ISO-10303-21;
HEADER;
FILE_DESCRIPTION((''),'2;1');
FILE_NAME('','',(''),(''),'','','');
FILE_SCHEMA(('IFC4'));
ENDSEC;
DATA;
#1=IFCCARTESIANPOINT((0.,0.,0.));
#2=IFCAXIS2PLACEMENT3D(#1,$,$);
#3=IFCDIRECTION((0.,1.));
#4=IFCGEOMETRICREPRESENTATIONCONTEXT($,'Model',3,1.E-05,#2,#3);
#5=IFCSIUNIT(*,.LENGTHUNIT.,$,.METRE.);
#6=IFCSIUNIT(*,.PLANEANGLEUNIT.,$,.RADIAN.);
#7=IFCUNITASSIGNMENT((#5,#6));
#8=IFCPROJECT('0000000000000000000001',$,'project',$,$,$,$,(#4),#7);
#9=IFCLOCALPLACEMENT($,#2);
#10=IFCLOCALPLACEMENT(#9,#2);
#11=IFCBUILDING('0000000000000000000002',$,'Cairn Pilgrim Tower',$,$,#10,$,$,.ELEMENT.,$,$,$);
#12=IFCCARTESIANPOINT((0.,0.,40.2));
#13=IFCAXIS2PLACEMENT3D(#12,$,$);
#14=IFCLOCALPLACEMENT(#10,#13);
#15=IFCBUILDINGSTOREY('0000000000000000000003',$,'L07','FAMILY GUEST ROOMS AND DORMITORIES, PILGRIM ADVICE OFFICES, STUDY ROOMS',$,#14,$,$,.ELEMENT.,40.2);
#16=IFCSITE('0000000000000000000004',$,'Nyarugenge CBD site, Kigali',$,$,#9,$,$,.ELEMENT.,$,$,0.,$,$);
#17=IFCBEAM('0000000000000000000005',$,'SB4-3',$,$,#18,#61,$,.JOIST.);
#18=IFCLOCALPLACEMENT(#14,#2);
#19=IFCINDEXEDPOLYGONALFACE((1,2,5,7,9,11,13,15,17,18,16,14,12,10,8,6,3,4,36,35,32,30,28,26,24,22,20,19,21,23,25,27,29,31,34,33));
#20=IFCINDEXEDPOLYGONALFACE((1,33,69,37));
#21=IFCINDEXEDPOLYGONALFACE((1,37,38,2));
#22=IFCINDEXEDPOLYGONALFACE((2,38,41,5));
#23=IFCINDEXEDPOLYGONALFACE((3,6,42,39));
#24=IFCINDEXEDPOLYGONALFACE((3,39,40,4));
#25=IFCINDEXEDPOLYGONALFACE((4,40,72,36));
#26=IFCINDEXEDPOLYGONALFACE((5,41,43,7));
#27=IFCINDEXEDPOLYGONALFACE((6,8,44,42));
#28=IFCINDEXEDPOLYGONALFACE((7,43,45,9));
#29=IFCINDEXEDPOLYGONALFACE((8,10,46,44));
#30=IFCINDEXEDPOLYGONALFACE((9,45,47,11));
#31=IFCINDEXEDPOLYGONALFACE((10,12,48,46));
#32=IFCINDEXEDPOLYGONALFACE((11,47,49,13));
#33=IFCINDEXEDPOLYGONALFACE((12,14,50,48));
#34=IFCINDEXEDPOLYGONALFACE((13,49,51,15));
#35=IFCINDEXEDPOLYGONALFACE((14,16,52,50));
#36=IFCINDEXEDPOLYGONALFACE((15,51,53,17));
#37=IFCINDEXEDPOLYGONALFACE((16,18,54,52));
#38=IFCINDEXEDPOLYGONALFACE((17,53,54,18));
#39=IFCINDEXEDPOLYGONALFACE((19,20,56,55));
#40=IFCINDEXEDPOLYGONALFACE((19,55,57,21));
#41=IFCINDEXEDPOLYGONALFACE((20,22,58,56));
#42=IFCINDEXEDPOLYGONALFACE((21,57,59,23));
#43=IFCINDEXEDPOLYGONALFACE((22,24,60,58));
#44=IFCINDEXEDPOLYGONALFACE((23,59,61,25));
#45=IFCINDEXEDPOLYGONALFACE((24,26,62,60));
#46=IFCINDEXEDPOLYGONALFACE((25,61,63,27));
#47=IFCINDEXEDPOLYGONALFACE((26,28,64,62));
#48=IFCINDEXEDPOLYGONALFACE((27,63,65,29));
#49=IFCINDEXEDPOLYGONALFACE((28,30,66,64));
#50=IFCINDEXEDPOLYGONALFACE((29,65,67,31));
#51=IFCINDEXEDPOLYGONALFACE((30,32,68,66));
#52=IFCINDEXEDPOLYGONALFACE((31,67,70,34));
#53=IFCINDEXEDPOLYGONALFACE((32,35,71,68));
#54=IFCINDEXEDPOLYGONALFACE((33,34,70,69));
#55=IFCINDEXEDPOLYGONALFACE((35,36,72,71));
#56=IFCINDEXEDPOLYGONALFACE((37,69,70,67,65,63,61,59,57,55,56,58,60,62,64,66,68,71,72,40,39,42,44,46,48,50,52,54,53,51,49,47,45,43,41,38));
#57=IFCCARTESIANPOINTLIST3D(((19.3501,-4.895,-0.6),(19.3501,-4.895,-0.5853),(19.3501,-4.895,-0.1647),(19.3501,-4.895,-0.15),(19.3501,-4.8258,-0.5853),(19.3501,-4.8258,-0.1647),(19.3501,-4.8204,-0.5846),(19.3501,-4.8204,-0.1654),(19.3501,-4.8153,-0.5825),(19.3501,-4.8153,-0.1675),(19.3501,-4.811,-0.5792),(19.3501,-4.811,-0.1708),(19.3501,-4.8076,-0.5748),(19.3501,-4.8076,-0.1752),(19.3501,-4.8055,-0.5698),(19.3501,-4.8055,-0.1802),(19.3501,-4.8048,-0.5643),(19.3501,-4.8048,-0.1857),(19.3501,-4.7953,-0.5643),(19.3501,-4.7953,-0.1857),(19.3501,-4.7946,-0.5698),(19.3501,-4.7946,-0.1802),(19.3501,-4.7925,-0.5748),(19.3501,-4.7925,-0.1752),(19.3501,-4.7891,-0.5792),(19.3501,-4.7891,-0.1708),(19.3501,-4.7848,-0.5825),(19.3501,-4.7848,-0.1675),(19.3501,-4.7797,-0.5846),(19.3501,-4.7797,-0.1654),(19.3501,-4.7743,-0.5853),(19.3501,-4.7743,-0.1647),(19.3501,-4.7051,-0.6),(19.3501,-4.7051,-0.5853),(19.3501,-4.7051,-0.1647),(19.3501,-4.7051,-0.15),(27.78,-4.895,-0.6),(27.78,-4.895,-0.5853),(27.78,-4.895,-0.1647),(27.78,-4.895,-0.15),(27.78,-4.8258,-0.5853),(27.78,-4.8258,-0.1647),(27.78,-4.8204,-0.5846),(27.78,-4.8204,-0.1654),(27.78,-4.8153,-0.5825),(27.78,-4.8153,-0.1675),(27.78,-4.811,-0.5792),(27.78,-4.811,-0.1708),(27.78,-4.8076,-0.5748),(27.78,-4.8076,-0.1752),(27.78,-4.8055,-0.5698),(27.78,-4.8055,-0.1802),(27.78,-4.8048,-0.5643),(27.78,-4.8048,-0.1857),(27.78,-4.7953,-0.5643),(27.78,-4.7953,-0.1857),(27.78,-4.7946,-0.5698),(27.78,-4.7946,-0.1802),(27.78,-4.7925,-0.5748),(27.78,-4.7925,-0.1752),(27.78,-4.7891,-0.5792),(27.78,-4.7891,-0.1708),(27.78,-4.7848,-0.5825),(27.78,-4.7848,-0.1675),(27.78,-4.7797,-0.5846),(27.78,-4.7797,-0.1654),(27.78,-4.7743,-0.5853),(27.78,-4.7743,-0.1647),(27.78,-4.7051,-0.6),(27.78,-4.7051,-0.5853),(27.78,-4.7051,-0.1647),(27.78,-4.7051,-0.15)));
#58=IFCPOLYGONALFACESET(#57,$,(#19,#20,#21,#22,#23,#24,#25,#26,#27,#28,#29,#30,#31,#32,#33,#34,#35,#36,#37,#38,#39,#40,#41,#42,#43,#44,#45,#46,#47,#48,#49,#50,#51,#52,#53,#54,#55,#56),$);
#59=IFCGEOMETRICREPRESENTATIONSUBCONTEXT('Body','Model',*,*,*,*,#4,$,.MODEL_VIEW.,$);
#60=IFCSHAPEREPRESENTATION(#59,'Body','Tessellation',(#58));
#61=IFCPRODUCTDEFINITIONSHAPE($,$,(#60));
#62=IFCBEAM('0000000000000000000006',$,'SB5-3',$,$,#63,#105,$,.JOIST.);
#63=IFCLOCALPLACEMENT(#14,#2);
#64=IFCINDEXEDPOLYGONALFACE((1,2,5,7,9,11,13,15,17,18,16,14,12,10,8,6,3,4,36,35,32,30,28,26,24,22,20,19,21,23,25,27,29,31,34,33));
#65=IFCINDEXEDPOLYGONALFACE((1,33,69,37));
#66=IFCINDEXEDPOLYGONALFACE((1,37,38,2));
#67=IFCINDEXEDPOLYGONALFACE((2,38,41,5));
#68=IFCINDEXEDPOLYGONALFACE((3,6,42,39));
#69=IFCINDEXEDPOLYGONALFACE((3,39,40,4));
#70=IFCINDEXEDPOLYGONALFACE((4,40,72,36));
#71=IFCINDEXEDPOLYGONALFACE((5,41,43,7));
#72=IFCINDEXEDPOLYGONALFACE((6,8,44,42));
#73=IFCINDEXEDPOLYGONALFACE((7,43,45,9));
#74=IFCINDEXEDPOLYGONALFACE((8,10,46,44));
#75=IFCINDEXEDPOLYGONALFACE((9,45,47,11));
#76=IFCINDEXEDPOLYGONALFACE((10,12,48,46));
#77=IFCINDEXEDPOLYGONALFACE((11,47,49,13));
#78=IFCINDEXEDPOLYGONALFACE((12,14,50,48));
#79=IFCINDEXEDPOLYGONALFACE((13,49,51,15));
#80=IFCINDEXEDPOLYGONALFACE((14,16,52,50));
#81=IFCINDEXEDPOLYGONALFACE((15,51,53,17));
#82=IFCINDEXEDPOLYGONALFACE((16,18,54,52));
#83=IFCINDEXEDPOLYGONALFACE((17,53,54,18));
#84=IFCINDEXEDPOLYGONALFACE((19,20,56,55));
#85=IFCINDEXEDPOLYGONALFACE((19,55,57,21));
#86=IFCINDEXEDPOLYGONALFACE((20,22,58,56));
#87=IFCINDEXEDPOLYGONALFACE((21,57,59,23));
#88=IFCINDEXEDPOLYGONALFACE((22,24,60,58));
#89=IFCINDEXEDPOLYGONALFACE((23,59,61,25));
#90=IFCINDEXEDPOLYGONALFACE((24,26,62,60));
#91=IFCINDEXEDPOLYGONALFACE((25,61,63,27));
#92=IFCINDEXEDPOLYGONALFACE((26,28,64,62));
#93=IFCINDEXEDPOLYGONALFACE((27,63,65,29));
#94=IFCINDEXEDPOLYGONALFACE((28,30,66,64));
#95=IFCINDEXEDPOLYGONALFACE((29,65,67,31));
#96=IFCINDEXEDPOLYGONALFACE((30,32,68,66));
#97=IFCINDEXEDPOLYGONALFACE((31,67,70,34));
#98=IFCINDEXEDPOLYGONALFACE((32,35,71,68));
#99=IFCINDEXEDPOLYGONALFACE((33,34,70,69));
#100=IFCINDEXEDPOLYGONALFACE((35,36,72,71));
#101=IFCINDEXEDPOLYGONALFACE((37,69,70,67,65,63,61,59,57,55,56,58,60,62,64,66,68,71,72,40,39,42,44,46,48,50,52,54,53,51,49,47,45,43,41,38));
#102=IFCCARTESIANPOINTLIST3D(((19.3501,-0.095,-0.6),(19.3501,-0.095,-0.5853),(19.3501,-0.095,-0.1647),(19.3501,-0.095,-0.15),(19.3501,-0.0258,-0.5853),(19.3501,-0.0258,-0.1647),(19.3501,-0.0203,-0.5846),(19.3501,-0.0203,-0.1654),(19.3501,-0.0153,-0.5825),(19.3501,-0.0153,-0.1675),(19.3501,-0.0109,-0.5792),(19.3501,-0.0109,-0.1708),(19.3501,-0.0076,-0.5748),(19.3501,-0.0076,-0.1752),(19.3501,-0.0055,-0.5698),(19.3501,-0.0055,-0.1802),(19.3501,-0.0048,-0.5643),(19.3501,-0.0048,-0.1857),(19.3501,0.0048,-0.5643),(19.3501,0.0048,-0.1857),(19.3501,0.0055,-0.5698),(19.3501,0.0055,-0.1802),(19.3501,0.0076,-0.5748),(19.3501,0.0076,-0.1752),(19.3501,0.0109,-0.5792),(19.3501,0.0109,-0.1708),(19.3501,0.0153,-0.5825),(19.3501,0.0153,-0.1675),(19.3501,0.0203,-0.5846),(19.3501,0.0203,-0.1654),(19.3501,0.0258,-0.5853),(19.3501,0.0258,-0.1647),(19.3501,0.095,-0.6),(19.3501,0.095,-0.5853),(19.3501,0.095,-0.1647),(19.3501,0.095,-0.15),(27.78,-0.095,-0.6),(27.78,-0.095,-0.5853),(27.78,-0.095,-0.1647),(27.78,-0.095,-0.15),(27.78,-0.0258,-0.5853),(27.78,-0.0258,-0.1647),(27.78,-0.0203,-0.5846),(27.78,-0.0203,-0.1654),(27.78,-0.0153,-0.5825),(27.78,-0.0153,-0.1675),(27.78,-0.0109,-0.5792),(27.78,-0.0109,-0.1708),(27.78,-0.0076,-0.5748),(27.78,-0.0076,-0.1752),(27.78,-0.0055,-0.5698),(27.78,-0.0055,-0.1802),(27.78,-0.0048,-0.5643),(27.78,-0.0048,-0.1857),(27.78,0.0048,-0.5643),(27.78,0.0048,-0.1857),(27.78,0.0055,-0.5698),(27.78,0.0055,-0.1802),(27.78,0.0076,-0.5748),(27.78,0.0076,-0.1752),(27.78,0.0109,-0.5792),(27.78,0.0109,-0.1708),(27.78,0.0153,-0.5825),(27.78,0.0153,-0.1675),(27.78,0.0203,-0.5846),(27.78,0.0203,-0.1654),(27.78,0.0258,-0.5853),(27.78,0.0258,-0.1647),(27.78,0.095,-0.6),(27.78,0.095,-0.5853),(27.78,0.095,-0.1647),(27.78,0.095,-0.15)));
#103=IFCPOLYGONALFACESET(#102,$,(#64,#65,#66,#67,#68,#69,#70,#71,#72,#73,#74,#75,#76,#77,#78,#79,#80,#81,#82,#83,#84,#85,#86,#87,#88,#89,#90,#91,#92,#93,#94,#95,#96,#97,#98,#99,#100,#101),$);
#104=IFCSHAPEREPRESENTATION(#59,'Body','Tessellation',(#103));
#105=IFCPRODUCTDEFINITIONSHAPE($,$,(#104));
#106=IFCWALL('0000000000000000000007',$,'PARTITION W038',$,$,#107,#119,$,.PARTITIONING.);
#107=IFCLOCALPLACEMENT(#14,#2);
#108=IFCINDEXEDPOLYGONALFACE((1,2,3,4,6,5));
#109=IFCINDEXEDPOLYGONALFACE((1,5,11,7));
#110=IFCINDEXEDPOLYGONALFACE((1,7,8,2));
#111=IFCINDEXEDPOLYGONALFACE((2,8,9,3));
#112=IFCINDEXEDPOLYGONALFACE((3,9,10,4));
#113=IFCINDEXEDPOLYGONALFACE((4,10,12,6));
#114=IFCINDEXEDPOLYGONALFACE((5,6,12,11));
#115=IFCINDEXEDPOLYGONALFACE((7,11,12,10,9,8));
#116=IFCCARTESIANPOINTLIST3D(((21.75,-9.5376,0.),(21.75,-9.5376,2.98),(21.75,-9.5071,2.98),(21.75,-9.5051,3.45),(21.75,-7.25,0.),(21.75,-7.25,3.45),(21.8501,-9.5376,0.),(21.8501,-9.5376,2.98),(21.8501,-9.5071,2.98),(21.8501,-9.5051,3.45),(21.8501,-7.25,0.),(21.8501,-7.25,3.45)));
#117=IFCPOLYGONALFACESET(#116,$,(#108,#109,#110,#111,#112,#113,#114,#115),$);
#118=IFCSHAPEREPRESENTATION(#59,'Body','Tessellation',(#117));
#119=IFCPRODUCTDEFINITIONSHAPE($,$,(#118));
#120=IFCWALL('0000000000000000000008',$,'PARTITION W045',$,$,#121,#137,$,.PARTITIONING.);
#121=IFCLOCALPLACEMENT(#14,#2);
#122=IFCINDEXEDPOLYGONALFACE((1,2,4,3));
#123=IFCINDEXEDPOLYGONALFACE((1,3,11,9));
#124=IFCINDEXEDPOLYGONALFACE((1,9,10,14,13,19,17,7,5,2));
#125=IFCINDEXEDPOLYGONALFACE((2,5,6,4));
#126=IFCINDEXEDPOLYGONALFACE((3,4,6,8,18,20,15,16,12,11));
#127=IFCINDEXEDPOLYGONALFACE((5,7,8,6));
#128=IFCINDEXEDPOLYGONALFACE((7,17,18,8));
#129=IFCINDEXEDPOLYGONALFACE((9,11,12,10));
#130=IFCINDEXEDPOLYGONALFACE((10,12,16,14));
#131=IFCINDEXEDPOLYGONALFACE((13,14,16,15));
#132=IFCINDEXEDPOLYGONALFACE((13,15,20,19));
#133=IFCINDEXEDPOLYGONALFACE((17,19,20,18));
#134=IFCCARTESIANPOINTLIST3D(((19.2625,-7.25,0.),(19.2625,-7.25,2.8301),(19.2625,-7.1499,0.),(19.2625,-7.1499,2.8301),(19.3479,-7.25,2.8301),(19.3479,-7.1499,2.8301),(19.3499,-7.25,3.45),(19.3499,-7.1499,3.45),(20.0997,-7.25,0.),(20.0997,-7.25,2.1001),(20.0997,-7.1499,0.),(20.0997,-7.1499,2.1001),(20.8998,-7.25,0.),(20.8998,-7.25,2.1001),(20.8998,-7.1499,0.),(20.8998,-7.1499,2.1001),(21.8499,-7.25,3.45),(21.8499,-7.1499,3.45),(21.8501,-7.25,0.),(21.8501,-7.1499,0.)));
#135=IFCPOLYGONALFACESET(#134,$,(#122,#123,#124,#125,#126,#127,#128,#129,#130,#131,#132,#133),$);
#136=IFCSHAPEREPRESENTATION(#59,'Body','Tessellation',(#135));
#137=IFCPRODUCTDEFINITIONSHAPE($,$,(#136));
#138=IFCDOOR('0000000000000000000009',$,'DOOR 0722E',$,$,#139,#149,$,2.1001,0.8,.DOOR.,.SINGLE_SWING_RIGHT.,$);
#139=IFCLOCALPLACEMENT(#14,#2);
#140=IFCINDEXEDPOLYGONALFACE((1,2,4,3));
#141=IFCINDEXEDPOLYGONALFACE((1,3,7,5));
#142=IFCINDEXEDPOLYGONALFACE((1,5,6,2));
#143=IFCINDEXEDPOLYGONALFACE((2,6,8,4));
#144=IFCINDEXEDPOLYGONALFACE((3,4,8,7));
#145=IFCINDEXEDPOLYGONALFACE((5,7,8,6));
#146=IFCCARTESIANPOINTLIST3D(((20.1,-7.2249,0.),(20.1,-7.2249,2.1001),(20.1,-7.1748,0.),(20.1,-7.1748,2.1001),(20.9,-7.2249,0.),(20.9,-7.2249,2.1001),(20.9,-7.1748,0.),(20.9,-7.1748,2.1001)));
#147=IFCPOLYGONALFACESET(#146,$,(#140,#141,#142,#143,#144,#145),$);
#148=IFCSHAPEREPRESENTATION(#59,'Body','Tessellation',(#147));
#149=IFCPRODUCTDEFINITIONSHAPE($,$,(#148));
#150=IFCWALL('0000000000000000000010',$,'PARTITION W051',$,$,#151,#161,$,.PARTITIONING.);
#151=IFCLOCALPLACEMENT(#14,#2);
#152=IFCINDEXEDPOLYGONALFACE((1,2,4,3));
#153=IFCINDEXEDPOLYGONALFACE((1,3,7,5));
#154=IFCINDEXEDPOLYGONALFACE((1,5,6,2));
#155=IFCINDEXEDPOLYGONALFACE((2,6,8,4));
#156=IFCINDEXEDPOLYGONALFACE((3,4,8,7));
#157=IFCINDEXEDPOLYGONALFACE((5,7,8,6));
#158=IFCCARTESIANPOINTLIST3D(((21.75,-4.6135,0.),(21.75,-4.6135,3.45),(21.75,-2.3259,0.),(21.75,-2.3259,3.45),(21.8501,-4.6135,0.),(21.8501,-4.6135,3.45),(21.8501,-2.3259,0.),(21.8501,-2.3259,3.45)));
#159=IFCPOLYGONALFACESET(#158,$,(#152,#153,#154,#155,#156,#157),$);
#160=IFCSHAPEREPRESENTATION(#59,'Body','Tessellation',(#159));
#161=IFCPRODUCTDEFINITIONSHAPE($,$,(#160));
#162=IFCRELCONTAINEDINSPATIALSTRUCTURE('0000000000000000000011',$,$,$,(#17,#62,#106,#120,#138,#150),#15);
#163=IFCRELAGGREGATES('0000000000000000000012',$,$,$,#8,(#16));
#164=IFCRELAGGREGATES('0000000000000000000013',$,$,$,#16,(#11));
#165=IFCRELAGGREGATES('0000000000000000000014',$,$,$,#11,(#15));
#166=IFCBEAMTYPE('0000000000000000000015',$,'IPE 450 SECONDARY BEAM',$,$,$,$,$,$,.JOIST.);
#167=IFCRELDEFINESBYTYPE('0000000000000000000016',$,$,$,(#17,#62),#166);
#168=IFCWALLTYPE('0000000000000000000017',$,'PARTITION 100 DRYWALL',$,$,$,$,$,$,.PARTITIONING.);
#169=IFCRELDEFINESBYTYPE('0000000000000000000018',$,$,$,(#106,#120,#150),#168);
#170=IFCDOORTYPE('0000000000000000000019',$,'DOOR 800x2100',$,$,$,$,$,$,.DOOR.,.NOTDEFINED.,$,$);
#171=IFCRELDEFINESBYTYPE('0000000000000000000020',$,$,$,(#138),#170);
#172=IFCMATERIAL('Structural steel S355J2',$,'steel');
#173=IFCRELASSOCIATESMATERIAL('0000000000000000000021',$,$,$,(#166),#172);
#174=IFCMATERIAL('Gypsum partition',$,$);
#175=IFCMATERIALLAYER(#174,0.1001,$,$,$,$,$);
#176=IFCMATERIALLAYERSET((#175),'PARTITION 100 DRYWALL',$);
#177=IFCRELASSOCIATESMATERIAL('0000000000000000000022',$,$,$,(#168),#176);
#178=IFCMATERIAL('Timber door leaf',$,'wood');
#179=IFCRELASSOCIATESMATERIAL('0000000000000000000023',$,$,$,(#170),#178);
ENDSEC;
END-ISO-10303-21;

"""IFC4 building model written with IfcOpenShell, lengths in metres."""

from ifc_helpers import new_model, si_unit, direction, frame, frame_2d, origin, origin_2d, place, context, subcontext, project, spatial, polyline, rectangle, i_section, outline, extrude, material, layer, layer_set, material_profile, profile_set, type_object, element, fill, save


model = new_model("IFC4")

# Units and contexts
model_context = context("Model", 3, precision=1e-05, world=origin(), true_north=direction((0.0, 1.0)))
body_context = subcontext(model_context, "Body", "Model", "MODEL_VIEW")
ifc_project = project(units=[si_unit("LENGTHUNIT", "METRE"), si_unit("PLANEANGLEUNIT", "RADIAN")], contexts=[model_context])

# Site, building, storey
site_placement = place(None, origin())
site = spatial("IfcSite", under=ifc_project, at=site_placement, Name="Nyarugenge CBD site, Kigali", CompositionType="ELEMENT", RefElevation=0.0)
building_placement = place(site_placement, origin())
building = spatial("IfcBuilding", under=site, at=building_placement, Name="Cairn Pilgrim Tower", CompositionType="ELEMENT")
storey_placement = place(building_placement, frame((0.0, 0.0, 40.2)))
storey = spatial("IfcBuildingStorey", under=building, at=storey_placement, Name="L07", Description="FAMILY GUEST ROOMS AND DORMITORIES, PILGRIM ADVICE OFFICES, STUDY ROOMS", CompositionType="ELEMENT", Elevation=40.2)

# Beams
ifc_material_1 = material(Name="Structural steel S355J2", Category="steel")
ifc_material_profile_1 = material_profile(ifc_material_1, i_section(OverallWidth=0.1899, OverallDepth=0.45, WebThickness=0.0095, FlangeThickness=0.0146, FilletRadius=0.021, at=origin_2d()), Name="IPE 450")
ifc_profile_set_1 = profile_set([ifc_material_profile_1], Name="Structural steel S355J2")
beam_type_1 = type_object("IfcBeamType", Name="IPE 450 SECONDARY BEAM", PredefinedType="JOIST", material=ifc_profile_set_1)
for number, where, z_axis, x_axis, name in (
    (1, (19.3501, -4.8, -0.375), (1.0, 0.0, 0.0), (0.0, 1.0, 0.0), "SB4-3"),
    (2, (19.3501, 0.0, -0.375), (1.0, 0.0, 0.0), (0.0, 1.0, 0.0), "SB5-3"),
):
    element("IfcBeam", number, at=place(storey_placement, frame(where, z_axis=z_axis, x_axis=x_axis)), inside=storey, type_object=beam_type_1, Name=name, PredefinedType="JOIST", context=body_context, shape_type="SweptSolid", body=[
        extrude(i_section(OverallWidth=0.1899, OverallDepth=0.45, WebThickness=0.0095, FlangeThickness=0.0146, FilletRadius=0.021, at=origin_2d()), origin(), (0.0, 0.0, 1.0), 8.4299),
    ])

# Wall
ifc_material_2 = material(Name="Gypsum partition")
ifc_layer_1 = layer(ifc_material_2, 0.1001)
ifc_layer_set_1 = layer_set([ifc_layer_1], Name="PARTITION 100 DRYWALL")
wall_type_1 = type_object("IfcWallType", Name="PARTITION 100 DRYWALL", PredefinedType="PARTITIONING", material=ifc_layer_set_1)
wall_1_placement = place(storey_placement, frame((21.8, -9.5376, 0.0), z_axis=(0.0, 0.0, 1.0), x_axis=(0.0, 1.0, 0.0)))
element("IfcWall", 3, at=wall_1_placement, inside=storey, type_object=wall_type_1, Name="PARTITION W038", PredefinedType="PARTITIONING", context=body_context, shape_type="SweptSolid", body=[
    extrude(outline(polyline([(0.0, 0.0), (2.2876, 0.0), (2.2876, 3.45), (0.0325, 3.45), (0.0305, 2.98), (0.0, 2.98), (0.0, 0.0)])), frame((0.0, 0.05, 0.0), z_axis=(0.0, -1.0, 0.0), x_axis=(1.0, 0.0, 0.0)), (0.0, 0.0, 1.0), 0.1001),
])

# Wall, opening, door
wall_2_placement = place(storey_placement, frame((19.2625, -7.2, 0.0), z_axis=(0.0, 0.0, 1.0), x_axis=(1.0, 0.0, 0.0)))
wall_2 = element("IfcWall", 4, at=wall_2_placement, inside=storey, type_object=wall_type_1, Name="PARTITION W045", PredefinedType="PARTITIONING", context=body_context, shape_type="SweptSolid", body=[
    extrude(outline(polyline([(0.0, 0.0), (2.5876, 0.0), (2.5874, 3.45), (0.0874, 3.45), (0.0854, 2.8301), (0.0, 2.8301), (0.0, 0.0)])), frame((0.0, 0.05, 0.0), z_axis=(0.0, -1.0, 0.0), x_axis=(1.0, 0.0, 0.0)), (0.0, 0.0, 1.0), 0.1001),
])
opening_1_placement = place(wall_2_placement, frame((0.8374, 0.0, 0.0)))
opening_1 = element("IfcOpeningElement", 5, at=opening_1_placement, cuts=wall_2, PredefinedType="OPENING", context=body_context, shape_type="SweptSolid", body=[
    extrude(rectangle(XDim=0.8, YDim=2.1001, at=frame_2d((0.3999, 1.05))), frame((0.0, 0.0601, 0.0), z_axis=(0.0, -1.0, 0.0), x_axis=(1.0, 0.0, 0.0)), (0.0, 0.0, 1.0), 0.1201),
])
ifc_material_3 = material(Name="Timber door leaf", Category="wood")
door_type_1 = type_object("IfcDoorType", Name="DOOR 800x2100", OperationType="NOTDEFINED", PredefinedType="DOOR", material=ifc_material_3)
door_1_placement = place(opening_1_placement, frame((0.8, 0.0, 0.0), z_axis=(0.0, 0.0, 1.0), x_axis=(-1.0, 0.0, 0.0)))
door_1 = element("IfcDoor", 6, at=door_1_placement, inside=storey, type_object=door_type_1, Name="DOOR 0722E", OperationType="SINGLE_SWING_RIGHT", OverallHeight=2.1001, OverallWidth=0.8, PredefinedType="DOOR", context=body_context, shape_type="SweptSolid", body=[
    extrude(rectangle(XDim=0.8, YDim=2.1001, at=frame_2d((0.3999, 1.05))), frame((0.0, 0.0249, 0.0), z_axis=(0.0, -1.0, 0.0), x_axis=(1.0, 0.0, 0.0)), (0.0, 0.0, 1.0), 0.05),
])
fill(opening_1, door_1)

# Wall
wall_3_placement = place(storey_placement, frame((21.8, -4.6135, 0.0), z_axis=(0.0, 0.0, 1.0), x_axis=(0.0, 1.0, 0.0)))
element("IfcWall", 7, at=wall_3_placement, inside=storey, type_object=wall_type_1, Name="PARTITION W051", PredefinedType="PARTITIONING", context=body_context, shape_type="SweptSolid", body=[
    extrude(rectangle(XDim=2.2876, YDim=0.1001, at=frame_2d((1.1438, 0.0))), origin(), (0.0, 0.0, 1.0), 3.45),
])

save(model, "model.ifc")
